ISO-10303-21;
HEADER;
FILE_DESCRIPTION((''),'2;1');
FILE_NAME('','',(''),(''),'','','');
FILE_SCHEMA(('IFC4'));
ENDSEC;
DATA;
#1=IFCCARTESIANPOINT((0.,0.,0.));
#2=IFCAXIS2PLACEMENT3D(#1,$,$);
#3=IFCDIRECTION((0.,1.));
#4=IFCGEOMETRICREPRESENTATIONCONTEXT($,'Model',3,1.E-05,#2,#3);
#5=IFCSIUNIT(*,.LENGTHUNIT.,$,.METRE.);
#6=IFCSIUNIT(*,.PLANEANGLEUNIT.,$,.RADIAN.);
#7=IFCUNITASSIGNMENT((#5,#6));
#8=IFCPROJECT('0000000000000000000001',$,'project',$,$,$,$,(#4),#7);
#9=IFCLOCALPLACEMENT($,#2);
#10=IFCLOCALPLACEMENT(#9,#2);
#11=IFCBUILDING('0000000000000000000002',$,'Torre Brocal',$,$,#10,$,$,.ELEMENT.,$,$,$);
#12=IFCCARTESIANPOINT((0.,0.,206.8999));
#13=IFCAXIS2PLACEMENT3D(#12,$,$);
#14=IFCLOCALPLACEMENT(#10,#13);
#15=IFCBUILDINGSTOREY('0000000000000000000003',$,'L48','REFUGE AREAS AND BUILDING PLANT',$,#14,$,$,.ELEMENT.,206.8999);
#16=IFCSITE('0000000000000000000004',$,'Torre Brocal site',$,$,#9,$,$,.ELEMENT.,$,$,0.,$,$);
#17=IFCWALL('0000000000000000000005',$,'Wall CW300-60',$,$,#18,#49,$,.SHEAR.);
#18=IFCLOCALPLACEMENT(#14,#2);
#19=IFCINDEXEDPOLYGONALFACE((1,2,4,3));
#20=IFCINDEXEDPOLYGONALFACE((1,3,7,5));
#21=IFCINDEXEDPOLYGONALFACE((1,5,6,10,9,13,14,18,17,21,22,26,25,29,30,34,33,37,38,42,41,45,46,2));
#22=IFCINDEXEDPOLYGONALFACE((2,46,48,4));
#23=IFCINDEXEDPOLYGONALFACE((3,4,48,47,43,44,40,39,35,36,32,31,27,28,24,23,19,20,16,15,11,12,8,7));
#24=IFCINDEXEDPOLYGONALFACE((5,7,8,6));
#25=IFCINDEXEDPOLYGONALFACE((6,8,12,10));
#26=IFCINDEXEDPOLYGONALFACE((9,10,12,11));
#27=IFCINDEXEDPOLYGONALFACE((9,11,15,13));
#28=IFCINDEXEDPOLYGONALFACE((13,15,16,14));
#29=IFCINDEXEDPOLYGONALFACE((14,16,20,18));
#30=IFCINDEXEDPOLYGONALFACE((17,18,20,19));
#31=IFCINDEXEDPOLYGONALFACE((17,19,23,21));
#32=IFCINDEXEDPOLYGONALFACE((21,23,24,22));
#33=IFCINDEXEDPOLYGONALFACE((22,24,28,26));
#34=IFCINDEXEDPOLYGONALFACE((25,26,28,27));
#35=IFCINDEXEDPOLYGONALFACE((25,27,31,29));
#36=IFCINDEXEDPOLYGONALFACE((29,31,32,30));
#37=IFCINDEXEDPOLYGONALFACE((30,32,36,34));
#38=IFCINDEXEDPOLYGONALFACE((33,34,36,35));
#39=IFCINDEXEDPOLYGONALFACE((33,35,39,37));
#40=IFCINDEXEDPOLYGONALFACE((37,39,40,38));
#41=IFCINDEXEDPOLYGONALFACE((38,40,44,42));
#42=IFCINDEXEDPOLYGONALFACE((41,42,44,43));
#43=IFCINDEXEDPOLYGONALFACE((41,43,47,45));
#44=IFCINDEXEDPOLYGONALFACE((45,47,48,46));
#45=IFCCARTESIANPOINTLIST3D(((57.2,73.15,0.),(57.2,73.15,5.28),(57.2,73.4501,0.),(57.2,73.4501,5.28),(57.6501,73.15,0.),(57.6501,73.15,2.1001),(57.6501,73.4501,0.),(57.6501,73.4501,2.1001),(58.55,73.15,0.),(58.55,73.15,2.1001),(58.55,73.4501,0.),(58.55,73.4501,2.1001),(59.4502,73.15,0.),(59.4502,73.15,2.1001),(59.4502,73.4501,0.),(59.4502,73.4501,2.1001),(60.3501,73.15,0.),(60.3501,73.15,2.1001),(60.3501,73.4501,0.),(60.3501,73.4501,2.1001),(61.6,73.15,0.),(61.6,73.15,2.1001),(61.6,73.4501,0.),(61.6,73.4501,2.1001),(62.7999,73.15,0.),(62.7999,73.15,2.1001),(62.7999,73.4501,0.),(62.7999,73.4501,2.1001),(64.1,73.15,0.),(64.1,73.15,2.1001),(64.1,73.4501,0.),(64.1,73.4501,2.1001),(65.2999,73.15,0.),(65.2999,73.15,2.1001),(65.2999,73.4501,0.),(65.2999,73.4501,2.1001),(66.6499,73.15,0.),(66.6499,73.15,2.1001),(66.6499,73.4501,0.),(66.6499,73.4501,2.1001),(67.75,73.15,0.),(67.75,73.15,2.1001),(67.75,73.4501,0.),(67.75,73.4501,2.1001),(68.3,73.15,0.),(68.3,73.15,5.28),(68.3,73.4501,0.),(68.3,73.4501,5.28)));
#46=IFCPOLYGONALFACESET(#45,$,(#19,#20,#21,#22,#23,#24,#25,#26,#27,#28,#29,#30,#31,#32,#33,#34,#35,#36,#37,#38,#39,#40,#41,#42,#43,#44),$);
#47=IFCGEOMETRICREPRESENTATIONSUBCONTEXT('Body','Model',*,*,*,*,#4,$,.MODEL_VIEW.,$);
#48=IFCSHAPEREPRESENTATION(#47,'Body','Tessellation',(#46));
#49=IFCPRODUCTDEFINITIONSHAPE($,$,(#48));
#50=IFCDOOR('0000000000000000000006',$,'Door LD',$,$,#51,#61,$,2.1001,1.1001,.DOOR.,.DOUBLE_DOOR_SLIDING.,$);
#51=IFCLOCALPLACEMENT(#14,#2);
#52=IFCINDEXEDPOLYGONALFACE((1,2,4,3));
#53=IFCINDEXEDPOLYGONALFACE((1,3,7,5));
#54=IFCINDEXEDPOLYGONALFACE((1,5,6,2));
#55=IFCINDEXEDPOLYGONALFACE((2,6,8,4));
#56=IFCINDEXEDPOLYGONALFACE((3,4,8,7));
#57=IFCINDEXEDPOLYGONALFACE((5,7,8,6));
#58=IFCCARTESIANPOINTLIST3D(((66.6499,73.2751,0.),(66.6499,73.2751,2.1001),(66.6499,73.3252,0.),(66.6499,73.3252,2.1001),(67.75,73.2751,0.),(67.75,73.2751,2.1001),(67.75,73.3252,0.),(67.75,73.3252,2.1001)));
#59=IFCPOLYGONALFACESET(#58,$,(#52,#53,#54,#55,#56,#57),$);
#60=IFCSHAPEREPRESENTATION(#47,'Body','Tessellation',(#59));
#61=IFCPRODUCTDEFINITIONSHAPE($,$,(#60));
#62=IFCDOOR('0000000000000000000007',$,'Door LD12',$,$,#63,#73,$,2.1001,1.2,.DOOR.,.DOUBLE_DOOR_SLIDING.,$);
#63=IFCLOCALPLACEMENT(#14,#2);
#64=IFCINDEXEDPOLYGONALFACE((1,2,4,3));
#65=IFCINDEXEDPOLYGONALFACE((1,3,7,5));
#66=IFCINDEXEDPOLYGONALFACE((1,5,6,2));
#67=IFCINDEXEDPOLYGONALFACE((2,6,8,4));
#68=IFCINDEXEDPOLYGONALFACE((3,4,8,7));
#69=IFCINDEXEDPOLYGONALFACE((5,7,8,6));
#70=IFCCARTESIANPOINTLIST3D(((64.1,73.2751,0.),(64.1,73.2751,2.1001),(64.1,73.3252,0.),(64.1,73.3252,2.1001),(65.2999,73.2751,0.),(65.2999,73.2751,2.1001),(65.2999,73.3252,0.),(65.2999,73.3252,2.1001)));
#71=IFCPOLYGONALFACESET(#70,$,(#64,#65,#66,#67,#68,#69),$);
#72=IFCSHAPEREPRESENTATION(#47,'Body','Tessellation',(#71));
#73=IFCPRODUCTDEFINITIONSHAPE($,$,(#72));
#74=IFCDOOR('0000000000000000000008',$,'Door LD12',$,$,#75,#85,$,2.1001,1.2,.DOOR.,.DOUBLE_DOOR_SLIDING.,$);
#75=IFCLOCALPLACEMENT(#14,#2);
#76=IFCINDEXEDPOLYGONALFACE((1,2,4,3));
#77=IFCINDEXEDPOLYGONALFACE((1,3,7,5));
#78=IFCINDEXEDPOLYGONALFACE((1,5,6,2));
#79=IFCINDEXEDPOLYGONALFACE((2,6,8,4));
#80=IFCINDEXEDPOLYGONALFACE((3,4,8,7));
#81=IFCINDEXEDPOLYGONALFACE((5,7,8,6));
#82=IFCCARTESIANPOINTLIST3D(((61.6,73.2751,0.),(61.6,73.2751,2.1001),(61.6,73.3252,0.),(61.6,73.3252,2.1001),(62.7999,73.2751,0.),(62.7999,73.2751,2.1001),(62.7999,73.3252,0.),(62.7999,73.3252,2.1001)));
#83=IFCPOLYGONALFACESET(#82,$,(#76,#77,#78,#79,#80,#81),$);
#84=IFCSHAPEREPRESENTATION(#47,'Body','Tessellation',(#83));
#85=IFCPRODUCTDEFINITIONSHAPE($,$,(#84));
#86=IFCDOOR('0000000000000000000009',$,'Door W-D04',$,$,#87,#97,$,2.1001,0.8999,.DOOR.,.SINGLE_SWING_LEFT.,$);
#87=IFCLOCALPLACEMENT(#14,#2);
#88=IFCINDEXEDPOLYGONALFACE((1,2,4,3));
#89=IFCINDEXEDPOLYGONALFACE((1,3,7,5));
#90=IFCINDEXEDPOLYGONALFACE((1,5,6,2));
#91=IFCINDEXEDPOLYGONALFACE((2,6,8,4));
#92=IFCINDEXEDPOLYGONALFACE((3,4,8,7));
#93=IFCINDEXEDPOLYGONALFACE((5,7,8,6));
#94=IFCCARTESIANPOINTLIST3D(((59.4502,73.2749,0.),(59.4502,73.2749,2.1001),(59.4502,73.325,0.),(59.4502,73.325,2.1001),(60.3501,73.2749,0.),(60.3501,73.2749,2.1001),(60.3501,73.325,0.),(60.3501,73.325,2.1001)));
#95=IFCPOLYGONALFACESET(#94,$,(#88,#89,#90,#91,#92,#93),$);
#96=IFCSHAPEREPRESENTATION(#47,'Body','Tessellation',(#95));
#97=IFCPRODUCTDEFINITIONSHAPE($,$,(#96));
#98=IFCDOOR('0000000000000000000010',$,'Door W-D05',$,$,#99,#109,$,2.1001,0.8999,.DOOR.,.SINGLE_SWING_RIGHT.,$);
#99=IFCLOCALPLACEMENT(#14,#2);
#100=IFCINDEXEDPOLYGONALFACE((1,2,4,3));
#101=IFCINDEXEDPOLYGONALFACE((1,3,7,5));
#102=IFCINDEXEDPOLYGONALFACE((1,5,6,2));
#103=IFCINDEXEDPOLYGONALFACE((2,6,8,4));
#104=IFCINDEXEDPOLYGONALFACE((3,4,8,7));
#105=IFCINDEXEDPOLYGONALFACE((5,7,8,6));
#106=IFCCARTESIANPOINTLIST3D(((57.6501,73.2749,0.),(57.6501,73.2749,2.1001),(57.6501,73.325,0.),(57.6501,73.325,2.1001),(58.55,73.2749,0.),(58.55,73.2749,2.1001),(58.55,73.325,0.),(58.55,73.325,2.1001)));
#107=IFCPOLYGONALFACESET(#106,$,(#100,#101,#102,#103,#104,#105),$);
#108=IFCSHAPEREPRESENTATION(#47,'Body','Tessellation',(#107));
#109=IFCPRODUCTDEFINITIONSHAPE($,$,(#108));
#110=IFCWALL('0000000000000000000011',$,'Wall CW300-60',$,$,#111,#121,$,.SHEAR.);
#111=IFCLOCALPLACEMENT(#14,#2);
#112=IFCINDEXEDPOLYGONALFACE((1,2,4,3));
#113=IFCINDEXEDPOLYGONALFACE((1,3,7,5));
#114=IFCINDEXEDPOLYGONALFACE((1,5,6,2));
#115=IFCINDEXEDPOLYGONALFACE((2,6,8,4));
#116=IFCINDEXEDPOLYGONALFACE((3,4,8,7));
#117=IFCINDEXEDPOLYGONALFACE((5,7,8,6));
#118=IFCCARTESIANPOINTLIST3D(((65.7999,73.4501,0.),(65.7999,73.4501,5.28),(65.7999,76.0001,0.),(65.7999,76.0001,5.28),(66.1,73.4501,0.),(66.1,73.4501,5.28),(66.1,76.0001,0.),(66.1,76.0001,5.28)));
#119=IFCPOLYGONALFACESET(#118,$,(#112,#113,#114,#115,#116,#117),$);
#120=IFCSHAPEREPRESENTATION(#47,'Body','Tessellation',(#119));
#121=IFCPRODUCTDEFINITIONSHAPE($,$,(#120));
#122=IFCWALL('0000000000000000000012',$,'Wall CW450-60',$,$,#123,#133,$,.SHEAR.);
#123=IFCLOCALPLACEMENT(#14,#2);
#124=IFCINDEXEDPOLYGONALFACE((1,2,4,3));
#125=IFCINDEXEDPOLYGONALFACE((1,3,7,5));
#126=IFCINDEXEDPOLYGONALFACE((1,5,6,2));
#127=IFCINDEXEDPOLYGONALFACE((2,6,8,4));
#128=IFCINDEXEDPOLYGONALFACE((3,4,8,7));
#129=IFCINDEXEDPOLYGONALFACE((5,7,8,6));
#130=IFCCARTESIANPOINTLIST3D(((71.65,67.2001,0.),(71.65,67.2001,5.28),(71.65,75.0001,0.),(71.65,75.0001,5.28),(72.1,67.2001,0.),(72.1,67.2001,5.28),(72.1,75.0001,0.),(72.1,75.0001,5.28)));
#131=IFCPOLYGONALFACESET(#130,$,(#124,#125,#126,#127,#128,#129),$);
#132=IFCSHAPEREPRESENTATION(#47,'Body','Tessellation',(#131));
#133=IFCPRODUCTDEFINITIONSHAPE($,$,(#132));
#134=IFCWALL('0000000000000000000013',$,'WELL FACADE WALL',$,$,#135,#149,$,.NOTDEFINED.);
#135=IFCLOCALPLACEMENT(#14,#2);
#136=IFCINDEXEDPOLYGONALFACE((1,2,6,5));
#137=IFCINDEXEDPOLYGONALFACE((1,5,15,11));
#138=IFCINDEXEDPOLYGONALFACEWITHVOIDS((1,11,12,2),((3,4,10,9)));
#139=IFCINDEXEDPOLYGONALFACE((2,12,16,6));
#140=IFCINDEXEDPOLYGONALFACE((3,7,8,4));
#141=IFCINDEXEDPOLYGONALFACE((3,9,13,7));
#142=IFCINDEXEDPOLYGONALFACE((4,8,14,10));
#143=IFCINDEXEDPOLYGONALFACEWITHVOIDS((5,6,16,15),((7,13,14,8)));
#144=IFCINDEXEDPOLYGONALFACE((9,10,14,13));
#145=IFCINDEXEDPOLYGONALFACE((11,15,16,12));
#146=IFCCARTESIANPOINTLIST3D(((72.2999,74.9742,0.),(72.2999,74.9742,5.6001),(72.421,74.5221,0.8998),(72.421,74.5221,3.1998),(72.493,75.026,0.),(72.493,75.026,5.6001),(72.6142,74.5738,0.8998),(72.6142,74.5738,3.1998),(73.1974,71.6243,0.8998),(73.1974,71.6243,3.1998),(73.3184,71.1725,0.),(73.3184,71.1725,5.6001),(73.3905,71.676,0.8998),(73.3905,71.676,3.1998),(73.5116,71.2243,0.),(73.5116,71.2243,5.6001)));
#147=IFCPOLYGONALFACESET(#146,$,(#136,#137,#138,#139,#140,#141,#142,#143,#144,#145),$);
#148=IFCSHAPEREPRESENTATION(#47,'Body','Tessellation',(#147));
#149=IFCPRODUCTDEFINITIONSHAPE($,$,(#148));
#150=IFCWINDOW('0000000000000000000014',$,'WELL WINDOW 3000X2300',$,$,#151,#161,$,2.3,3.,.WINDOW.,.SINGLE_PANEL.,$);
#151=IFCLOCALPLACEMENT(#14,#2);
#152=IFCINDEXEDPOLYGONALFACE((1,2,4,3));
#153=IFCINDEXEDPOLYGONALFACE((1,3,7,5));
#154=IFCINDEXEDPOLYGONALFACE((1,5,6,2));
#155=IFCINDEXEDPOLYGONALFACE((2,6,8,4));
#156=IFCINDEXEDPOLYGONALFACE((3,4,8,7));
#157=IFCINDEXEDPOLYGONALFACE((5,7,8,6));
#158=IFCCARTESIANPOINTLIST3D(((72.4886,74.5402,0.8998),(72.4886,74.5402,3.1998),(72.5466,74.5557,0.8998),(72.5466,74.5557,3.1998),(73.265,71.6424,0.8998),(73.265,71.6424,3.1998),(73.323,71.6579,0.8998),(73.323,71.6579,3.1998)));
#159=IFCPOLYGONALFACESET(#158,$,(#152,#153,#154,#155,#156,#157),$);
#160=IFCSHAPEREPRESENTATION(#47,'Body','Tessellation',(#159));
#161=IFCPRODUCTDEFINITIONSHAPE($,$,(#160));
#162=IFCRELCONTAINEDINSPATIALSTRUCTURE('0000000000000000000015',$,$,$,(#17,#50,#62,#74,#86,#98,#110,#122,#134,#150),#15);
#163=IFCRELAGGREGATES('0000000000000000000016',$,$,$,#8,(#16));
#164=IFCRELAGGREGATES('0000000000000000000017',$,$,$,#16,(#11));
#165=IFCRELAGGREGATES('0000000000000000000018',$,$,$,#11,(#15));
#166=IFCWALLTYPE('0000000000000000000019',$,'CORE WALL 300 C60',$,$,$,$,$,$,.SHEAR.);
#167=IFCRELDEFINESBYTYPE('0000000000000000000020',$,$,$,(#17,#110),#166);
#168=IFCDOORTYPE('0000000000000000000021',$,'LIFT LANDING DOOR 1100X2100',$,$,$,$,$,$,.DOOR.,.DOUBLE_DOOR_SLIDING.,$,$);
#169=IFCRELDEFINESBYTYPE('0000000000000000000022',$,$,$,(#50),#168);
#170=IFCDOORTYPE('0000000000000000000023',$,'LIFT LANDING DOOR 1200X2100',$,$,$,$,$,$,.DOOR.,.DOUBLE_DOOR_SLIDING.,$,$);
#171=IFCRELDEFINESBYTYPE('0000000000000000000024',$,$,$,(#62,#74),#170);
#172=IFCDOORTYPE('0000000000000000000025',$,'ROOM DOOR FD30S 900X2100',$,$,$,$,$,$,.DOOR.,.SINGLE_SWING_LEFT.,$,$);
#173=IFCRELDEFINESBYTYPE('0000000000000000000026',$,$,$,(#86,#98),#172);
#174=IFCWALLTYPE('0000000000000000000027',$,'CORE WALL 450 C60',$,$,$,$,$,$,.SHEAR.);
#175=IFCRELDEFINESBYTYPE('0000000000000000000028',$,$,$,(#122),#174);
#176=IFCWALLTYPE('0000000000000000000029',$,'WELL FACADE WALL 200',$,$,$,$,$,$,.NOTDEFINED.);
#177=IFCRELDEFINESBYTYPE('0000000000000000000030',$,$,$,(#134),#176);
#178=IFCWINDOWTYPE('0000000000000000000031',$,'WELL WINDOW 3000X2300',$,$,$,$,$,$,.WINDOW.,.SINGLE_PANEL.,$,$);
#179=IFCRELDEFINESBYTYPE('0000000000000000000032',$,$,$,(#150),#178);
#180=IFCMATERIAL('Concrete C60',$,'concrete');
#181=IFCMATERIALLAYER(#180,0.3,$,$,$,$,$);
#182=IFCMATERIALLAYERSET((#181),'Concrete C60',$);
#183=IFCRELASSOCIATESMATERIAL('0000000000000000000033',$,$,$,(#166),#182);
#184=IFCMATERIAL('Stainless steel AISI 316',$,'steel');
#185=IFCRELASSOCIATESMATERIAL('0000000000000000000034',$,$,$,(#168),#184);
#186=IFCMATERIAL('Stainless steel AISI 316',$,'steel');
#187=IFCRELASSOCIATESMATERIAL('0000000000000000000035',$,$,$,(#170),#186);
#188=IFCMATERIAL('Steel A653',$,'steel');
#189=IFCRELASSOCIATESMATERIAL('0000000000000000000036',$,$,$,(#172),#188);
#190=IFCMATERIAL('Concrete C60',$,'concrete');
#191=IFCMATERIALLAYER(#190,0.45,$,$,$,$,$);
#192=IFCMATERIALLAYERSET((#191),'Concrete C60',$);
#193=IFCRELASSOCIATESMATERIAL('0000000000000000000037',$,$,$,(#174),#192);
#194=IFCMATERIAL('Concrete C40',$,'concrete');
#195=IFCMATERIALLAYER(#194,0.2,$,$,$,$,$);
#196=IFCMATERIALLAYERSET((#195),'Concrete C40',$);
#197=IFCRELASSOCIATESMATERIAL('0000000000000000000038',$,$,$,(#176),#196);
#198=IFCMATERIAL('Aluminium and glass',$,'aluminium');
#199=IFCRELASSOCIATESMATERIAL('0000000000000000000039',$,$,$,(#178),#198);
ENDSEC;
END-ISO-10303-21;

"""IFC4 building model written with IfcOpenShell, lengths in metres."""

from ifc_helpers import new_model, si_unit, direction, frame, frame_2d, origin, place, context, subcontext, project, spatial, rectangle, extrude, material, layer, layer_set, type_object, element, fill, save


model = new_model("IFC4")

# Units and contexts
model_context = context("Model", 3, precision=1e-05, world=origin(), true_north=direction((0.0, 1.0)))
body_context = subcontext(model_context, "Body", "Model", "MODEL_VIEW")
ifc_project = project(units=[si_unit("LENGTHUNIT", "METRE"), si_unit("PLANEANGLEUNIT", "RADIAN")], contexts=[model_context])

# Site, building, storey
site_placement = place(None, origin())
site = spatial("IfcSite", under=ifc_project, at=site_placement, Name="Torre Brocal site", CompositionType="ELEMENT", RefElevation=0.0)
building_placement = place(site_placement, origin())
building = spatial("IfcBuilding", under=site, at=building_placement, Name="Torre Brocal", CompositionType="ELEMENT")
storey_placement = place(building_placement, frame((0.0, 0.0, 206.8999)))
storey = spatial("IfcBuildingStorey", under=building, at=storey_placement, Name="L48", Description="REFUGE AREAS AND BUILDING PLANT", CompositionType="ELEMENT", Elevation=206.8999)

# Shared definitions
ifc_material_1 = material(Name="Concrete C60", Category="concrete")
ifc_layer_1 = layer(ifc_material_1, 0.3)
ifc_layer_set_1 = layer_set([ifc_layer_1], Name="Concrete C60")
wall_type_1 = type_object("IfcWallType", Name="CORE WALL 300 C60", PredefinedType="SHEAR", material=ifc_layer_set_1)

# Wall, openings, doors
wall_1_placement = place(storey_placement, frame((68.3, 73.3, 0.0), z_axis=(0.0, 0.0, 1.0), x_axis=(-1.0, 0.0, 0.0)))
wall_1 = element("IfcWall", 1, at=wall_1_placement, inside=storey, type_object=wall_type_1, Name="Wall CW300-60", PredefinedType="SHEAR", context=body_context, shape_type="SweptSolid", body=[
    extrude(rectangle(XDim=11.1001, YDim=0.3, at=frame_2d((5.55, 0.0))), origin(), (0.0, 0.0, 1.0), 5.28),
])
opening_1_placement = place(wall_1_placement, frame((0.55, 0.0, 0.0)))
opening_1 = element("IfcOpeningElement", 2, at=opening_1_placement, cuts=wall_1, PredefinedType="OPENING", context=body_context, shape_type="SweptSolid", body=[
    extrude(rectangle(XDim=1.1001, YDim=2.1001, at=frame_2d((0.55, 1.05))), frame((0.0, 0.1599, 0.0), z_axis=(0.0, -1.0, 0.0), x_axis=(1.0, 0.0, 0.0)), (0.0, 0.0, 1.0), 0.3201),
])
opening_2_placement = place(wall_1_placement, frame((3.0, 0.0, 0.0)))
opening_2 = element("IfcOpeningElement", 3, at=opening_2_placement, cuts=wall_1, PredefinedType="OPENING", context=body_context, shape_type="SweptSolid", body=[
    extrude(rectangle(XDim=1.2, YDim=2.1001, at=frame_2d((0.6001, 1.05))), frame((0.0, 0.1599, 0.0), z_axis=(0.0, -1.0, 0.0), x_axis=(1.0, 0.0, 0.0)), (0.0, 0.0, 1.0), 0.3201),
])
opening_3_placement = place(wall_1_placement, frame((5.5, 0.0, 0.0)))
opening_3 = element("IfcOpeningElement", 4, at=opening_3_placement, cuts=wall_1, PredefinedType="OPENING", context=body_context, shape_type="SweptSolid", body=[
    extrude(rectangle(XDim=1.2, YDim=2.1001, at=frame_2d((0.6001, 1.05))), frame((0.0, 0.1599, 0.0), z_axis=(0.0, -1.0, 0.0), x_axis=(1.0, 0.0, 0.0)), (0.0, 0.0, 1.0), 0.3201),
])
opening_4_placement = place(wall_1_placement, frame((7.95, 0.0, 0.0)))
opening_4 = element("IfcOpeningElement", 5, at=opening_4_placement, cuts=wall_1, PredefinedType="OPENING", context=body_context, shape_type="SweptSolid", body=[
    extrude(rectangle(XDim=0.8999, YDim=2.1001, at=frame_2d((0.45, 1.05))), frame((0.0, 0.1599, 0.0), z_axis=(0.0, -1.0, 0.0), x_axis=(1.0, 0.0, 0.0)), (0.0, 0.0, 1.0), 0.3201),
])
opening_5_placement = place(wall_1_placement, frame((9.75, 0.0, 0.0)))
opening_5 = element("IfcOpeningElement", 6, at=opening_5_placement, cuts=wall_1, PredefinedType="OPENING", context=body_context, shape_type="SweptSolid", body=[
    extrude(rectangle(XDim=0.8999, YDim=2.1001, at=frame_2d((0.45, 1.05))), frame((0.0, 0.1599, 0.0), z_axis=(0.0, -1.0, 0.0), x_axis=(1.0, 0.0, 0.0)), (0.0, 0.0, 1.0), 0.3201),
])
ifc_material_2 = material(Name="Stainless steel AISI 316", Category="steel")
door_type_1 = type_object("IfcDoorType", Name="LIFT LANDING DOOR 1100X2100", OperationType="DOUBLE_DOOR_SLIDING", PredefinedType="DOOR", material=ifc_material_2)
door_1_placement = place(opening_1_placement, origin())
door_1 = element("IfcDoor", 7, at=door_1_placement, inside=storey, type_object=door_type_1, Name="Door LD", OperationType="DOUBLE_DOOR_SLIDING", OverallHeight=2.1001, OverallWidth=1.1001, PredefinedType="DOOR", context=body_context, shape_type="SweptSolid", body=[
    extrude(rectangle(XDim=1.1001, YDim=2.1001, at=frame_2d((0.55, 1.05))), frame((0.0, 0.0249, 0.0), z_axis=(0.0, -1.0, 0.0), x_axis=(1.0, 0.0, 0.0)), (0.0, 0.0, 1.0), 0.05),
])
fill(opening_1, door_1)
ifc_material_3 = material(Name="Stainless steel AISI 316", Category="steel")
door_type_2 = type_object("IfcDoorType", Name="LIFT LANDING DOOR 1200X2100", OperationType="DOUBLE_DOOR_SLIDING", PredefinedType="DOOR", material=ifc_material_3)
door_2_placement = place(opening_2_placement, origin())
door_2 = element("IfcDoor", 8, at=door_2_placement, inside=storey, type_object=door_type_2, Name="Door LD12", OperationType="DOUBLE_DOOR_SLIDING", OverallHeight=2.1001, OverallWidth=1.2, PredefinedType="DOOR", context=body_context, shape_type="SweptSolid", body=[
    extrude(rectangle(XDim=1.2, YDim=2.1001, at=frame_2d((0.6001, 1.05))), frame((0.0, 0.0249, 0.0), z_axis=(0.0, -1.0, 0.0), x_axis=(1.0, 0.0, 0.0)), (0.0, 0.0, 1.0), 0.05),
])
fill(opening_2, door_2)
door_3_placement = place(opening_3_placement, origin())
door_3 = element("IfcDoor", 9, at=door_3_placement, inside=storey, type_object=door_type_2, Name="Door LD12", OperationType="DOUBLE_DOOR_SLIDING", OverallHeight=2.1001, OverallWidth=1.2, PredefinedType="DOOR", context=body_context, shape_type="SweptSolid", body=[
    extrude(rectangle(XDim=1.2, YDim=2.1001, at=frame_2d((0.6001, 1.05))), frame((0.0, 0.0249, 0.0), z_axis=(0.0, -1.0, 0.0), x_axis=(1.0, 0.0, 0.0)), (0.0, 0.0, 1.0), 0.05),
])
fill(opening_3, door_3)
ifc_material_4 = material(Name="Steel A653", Category="steel")
door_type_3 = type_object("IfcDoorType", Name="ROOM DOOR FD30S 900X2100", OperationType="SINGLE_SWING_LEFT", PredefinedType="DOOR", material=ifc_material_4)
door_4_placement = place(opening_4_placement, frame((0.8999, 0.0, 0.0), z_axis=(0.0, 0.0, 1.0), x_axis=(-1.0, 0.0, 0.0)))
door_4 = element("IfcDoor", 10, at=door_4_placement, inside=storey, type_object=door_type_3, Name="Door W-D04", OperationType="SINGLE_SWING_LEFT", OverallHeight=2.1001, OverallWidth=0.8999, PredefinedType="DOOR", context=body_context, shape_type="SweptSolid", body=[
    extrude(rectangle(XDim=0.8999, YDim=2.1001, at=frame_2d((0.45, 1.05))), frame((0.0, 0.0249, 0.0), z_axis=(0.0, -1.0, 0.0), x_axis=(1.0, 0.0, 0.0)), (0.0, 0.0, 1.0), 0.05),
])
fill(opening_4, door_4)
door_5_placement = place(opening_5_placement, frame((0.8999, 0.0, 0.0), z_axis=(0.0, 0.0, 1.0), x_axis=(-1.0, 0.0, 0.0)))
door_5 = element("IfcDoor", 11, at=door_5_placement, inside=storey, type_object=door_type_3, Name="Door W-D05", OperationType="SINGLE_SWING_RIGHT", OverallHeight=2.1001, OverallWidth=0.8999, PredefinedType="DOOR", context=body_context, shape_type="SweptSolid", body=[
    extrude(rectangle(XDim=0.8999, YDim=2.1001, at=frame_2d((0.45, 1.05))), frame((0.0, 0.0249, 0.0), z_axis=(0.0, -1.0, 0.0), x_axis=(1.0, 0.0, 0.0)), (0.0, 0.0, 1.0), 0.05),
])
fill(opening_5, door_5)

# Walls
wall_2_placement = place(storey_placement, frame((65.95, 76.0, 0.0), z_axis=(0.0, 0.0, 1.0), x_axis=(0.0, -1.0, 0.0)))
element("IfcWall", 12, at=wall_2_placement, inside=storey, type_object=wall_type_1, Name="Wall CW300-60", PredefinedType="SHEAR", context=body_context, shape_type="SweptSolid", body=[
    extrude(rectangle(XDim=2.55, YDim=0.3, at=frame_2d((1.2749, 0.0))), origin(), (0.0, 0.0, 1.0), 5.28),
])
ifc_material_5 = material(Name="Concrete C60", Category="concrete")
ifc_layer_2 = layer(ifc_material_5, 0.45)
ifc_layer_set_2 = layer_set([ifc_layer_2], Name="Concrete C60")
wall_type_2 = type_object("IfcWallType", Name="CORE WALL 450 C60", PredefinedType="SHEAR", material=ifc_layer_set_2)
wall_3_placement = place(storey_placement, frame((71.875, 75.0, 0.0), z_axis=(0.0, 0.0, 1.0), x_axis=(0.0, -1.0, 0.0)))
element("IfcWall", 13, at=wall_3_placement, inside=storey, type_object=wall_type_2, Name="Wall CW450-60", PredefinedType="SHEAR", context=body_context, shape_type="SweptSolid", body=[
    extrude(rectangle(XDim=7.8, YDim=0.45, at=frame_2d((3.8999, 0.0))), origin(), (0.0, 0.0, 1.0), 5.28),
])

# Wall, opening, window
ifc_material_6 = material(Name="Concrete C40", Category="concrete")
ifc_layer_3 = layer(ifc_material_6, 0.2)
ifc_layer_set_3 = layer_set([ifc_layer_3], Name="Concrete C40")
wall_type_3 = type_object("IfcWallType", Name="WELL FACADE WALL 200", PredefinedType="NOTDEFINED", material=ifc_layer_set_3)
wall_4_placement = place(storey_placement, frame((72.3965, 75.0, 0.0), z_axis=(0.0, 0.0, 1.0), x_axis=(0.25879, -0.965934, 0.0)))
wall_4 = element("IfcWall", 14, at=wall_4_placement, inside=storey, type_object=wall_type_3, Name="WELL FACADE WALL", PredefinedType="NOTDEFINED", context=body_context, shape_type="SweptSolid", body=[
    extrude(rectangle(XDim=3.9358, YDim=0.2, at=frame_2d((1.9678, 0.0))), origin(), (0.0, 0.0, 1.0), 5.6001),
])
opening_6_placement = place(wall_4_placement, frame((0.468, 0.0, 0.8999)))
opening_6 = element("IfcOpeningElement", 15, at=opening_6_placement, cuts=wall_4, PredefinedType="OPENING", context=body_context, shape_type="SweptSolid", body=[
    extrude(rectangle(XDim=3.0, YDim=2.3, at=frame_2d((1.5, 1.1499))), frame((0.0, 0.1099, 0.0), z_axis=(0.0, -1.0, 0.0), x_axis=(1.0, 0.0, 0.0)), (0.0, 0.0, 1.0), 0.22),
])
ifc_material_7 = material(Name="Aluminium and glass", Category="aluminium")
window_type = type_object("IfcWindowType", Name="WELL WINDOW 3000X2300", PartitioningType="SINGLE_PANEL", PredefinedType="WINDOW", material=ifc_material_7)
window_placement = place(opening_6_placement, origin())
window = element("IfcWindow", 16, at=window_placement, inside=storey, type_object=window_type, Name="WELL WINDOW 3000X2300", OverallHeight=2.3, OverallWidth=3.0, PartitioningType="SINGLE_PANEL", PredefinedType="WINDOW", context=body_context, shape_type="SweptSolid", body=[
    extrude(rectangle(XDim=3.0, YDim=2.3, at=frame_2d((1.5, 1.1499))), frame((0.0, 0.03, 0.0), z_axis=(0.0, -1.0, 0.0), x_axis=(1.0, 0.0, 0.0)), (0.0, 0.0, 1.0), 0.0601),
])
fill(opening_6, window)

save(model, "model.ifc")
